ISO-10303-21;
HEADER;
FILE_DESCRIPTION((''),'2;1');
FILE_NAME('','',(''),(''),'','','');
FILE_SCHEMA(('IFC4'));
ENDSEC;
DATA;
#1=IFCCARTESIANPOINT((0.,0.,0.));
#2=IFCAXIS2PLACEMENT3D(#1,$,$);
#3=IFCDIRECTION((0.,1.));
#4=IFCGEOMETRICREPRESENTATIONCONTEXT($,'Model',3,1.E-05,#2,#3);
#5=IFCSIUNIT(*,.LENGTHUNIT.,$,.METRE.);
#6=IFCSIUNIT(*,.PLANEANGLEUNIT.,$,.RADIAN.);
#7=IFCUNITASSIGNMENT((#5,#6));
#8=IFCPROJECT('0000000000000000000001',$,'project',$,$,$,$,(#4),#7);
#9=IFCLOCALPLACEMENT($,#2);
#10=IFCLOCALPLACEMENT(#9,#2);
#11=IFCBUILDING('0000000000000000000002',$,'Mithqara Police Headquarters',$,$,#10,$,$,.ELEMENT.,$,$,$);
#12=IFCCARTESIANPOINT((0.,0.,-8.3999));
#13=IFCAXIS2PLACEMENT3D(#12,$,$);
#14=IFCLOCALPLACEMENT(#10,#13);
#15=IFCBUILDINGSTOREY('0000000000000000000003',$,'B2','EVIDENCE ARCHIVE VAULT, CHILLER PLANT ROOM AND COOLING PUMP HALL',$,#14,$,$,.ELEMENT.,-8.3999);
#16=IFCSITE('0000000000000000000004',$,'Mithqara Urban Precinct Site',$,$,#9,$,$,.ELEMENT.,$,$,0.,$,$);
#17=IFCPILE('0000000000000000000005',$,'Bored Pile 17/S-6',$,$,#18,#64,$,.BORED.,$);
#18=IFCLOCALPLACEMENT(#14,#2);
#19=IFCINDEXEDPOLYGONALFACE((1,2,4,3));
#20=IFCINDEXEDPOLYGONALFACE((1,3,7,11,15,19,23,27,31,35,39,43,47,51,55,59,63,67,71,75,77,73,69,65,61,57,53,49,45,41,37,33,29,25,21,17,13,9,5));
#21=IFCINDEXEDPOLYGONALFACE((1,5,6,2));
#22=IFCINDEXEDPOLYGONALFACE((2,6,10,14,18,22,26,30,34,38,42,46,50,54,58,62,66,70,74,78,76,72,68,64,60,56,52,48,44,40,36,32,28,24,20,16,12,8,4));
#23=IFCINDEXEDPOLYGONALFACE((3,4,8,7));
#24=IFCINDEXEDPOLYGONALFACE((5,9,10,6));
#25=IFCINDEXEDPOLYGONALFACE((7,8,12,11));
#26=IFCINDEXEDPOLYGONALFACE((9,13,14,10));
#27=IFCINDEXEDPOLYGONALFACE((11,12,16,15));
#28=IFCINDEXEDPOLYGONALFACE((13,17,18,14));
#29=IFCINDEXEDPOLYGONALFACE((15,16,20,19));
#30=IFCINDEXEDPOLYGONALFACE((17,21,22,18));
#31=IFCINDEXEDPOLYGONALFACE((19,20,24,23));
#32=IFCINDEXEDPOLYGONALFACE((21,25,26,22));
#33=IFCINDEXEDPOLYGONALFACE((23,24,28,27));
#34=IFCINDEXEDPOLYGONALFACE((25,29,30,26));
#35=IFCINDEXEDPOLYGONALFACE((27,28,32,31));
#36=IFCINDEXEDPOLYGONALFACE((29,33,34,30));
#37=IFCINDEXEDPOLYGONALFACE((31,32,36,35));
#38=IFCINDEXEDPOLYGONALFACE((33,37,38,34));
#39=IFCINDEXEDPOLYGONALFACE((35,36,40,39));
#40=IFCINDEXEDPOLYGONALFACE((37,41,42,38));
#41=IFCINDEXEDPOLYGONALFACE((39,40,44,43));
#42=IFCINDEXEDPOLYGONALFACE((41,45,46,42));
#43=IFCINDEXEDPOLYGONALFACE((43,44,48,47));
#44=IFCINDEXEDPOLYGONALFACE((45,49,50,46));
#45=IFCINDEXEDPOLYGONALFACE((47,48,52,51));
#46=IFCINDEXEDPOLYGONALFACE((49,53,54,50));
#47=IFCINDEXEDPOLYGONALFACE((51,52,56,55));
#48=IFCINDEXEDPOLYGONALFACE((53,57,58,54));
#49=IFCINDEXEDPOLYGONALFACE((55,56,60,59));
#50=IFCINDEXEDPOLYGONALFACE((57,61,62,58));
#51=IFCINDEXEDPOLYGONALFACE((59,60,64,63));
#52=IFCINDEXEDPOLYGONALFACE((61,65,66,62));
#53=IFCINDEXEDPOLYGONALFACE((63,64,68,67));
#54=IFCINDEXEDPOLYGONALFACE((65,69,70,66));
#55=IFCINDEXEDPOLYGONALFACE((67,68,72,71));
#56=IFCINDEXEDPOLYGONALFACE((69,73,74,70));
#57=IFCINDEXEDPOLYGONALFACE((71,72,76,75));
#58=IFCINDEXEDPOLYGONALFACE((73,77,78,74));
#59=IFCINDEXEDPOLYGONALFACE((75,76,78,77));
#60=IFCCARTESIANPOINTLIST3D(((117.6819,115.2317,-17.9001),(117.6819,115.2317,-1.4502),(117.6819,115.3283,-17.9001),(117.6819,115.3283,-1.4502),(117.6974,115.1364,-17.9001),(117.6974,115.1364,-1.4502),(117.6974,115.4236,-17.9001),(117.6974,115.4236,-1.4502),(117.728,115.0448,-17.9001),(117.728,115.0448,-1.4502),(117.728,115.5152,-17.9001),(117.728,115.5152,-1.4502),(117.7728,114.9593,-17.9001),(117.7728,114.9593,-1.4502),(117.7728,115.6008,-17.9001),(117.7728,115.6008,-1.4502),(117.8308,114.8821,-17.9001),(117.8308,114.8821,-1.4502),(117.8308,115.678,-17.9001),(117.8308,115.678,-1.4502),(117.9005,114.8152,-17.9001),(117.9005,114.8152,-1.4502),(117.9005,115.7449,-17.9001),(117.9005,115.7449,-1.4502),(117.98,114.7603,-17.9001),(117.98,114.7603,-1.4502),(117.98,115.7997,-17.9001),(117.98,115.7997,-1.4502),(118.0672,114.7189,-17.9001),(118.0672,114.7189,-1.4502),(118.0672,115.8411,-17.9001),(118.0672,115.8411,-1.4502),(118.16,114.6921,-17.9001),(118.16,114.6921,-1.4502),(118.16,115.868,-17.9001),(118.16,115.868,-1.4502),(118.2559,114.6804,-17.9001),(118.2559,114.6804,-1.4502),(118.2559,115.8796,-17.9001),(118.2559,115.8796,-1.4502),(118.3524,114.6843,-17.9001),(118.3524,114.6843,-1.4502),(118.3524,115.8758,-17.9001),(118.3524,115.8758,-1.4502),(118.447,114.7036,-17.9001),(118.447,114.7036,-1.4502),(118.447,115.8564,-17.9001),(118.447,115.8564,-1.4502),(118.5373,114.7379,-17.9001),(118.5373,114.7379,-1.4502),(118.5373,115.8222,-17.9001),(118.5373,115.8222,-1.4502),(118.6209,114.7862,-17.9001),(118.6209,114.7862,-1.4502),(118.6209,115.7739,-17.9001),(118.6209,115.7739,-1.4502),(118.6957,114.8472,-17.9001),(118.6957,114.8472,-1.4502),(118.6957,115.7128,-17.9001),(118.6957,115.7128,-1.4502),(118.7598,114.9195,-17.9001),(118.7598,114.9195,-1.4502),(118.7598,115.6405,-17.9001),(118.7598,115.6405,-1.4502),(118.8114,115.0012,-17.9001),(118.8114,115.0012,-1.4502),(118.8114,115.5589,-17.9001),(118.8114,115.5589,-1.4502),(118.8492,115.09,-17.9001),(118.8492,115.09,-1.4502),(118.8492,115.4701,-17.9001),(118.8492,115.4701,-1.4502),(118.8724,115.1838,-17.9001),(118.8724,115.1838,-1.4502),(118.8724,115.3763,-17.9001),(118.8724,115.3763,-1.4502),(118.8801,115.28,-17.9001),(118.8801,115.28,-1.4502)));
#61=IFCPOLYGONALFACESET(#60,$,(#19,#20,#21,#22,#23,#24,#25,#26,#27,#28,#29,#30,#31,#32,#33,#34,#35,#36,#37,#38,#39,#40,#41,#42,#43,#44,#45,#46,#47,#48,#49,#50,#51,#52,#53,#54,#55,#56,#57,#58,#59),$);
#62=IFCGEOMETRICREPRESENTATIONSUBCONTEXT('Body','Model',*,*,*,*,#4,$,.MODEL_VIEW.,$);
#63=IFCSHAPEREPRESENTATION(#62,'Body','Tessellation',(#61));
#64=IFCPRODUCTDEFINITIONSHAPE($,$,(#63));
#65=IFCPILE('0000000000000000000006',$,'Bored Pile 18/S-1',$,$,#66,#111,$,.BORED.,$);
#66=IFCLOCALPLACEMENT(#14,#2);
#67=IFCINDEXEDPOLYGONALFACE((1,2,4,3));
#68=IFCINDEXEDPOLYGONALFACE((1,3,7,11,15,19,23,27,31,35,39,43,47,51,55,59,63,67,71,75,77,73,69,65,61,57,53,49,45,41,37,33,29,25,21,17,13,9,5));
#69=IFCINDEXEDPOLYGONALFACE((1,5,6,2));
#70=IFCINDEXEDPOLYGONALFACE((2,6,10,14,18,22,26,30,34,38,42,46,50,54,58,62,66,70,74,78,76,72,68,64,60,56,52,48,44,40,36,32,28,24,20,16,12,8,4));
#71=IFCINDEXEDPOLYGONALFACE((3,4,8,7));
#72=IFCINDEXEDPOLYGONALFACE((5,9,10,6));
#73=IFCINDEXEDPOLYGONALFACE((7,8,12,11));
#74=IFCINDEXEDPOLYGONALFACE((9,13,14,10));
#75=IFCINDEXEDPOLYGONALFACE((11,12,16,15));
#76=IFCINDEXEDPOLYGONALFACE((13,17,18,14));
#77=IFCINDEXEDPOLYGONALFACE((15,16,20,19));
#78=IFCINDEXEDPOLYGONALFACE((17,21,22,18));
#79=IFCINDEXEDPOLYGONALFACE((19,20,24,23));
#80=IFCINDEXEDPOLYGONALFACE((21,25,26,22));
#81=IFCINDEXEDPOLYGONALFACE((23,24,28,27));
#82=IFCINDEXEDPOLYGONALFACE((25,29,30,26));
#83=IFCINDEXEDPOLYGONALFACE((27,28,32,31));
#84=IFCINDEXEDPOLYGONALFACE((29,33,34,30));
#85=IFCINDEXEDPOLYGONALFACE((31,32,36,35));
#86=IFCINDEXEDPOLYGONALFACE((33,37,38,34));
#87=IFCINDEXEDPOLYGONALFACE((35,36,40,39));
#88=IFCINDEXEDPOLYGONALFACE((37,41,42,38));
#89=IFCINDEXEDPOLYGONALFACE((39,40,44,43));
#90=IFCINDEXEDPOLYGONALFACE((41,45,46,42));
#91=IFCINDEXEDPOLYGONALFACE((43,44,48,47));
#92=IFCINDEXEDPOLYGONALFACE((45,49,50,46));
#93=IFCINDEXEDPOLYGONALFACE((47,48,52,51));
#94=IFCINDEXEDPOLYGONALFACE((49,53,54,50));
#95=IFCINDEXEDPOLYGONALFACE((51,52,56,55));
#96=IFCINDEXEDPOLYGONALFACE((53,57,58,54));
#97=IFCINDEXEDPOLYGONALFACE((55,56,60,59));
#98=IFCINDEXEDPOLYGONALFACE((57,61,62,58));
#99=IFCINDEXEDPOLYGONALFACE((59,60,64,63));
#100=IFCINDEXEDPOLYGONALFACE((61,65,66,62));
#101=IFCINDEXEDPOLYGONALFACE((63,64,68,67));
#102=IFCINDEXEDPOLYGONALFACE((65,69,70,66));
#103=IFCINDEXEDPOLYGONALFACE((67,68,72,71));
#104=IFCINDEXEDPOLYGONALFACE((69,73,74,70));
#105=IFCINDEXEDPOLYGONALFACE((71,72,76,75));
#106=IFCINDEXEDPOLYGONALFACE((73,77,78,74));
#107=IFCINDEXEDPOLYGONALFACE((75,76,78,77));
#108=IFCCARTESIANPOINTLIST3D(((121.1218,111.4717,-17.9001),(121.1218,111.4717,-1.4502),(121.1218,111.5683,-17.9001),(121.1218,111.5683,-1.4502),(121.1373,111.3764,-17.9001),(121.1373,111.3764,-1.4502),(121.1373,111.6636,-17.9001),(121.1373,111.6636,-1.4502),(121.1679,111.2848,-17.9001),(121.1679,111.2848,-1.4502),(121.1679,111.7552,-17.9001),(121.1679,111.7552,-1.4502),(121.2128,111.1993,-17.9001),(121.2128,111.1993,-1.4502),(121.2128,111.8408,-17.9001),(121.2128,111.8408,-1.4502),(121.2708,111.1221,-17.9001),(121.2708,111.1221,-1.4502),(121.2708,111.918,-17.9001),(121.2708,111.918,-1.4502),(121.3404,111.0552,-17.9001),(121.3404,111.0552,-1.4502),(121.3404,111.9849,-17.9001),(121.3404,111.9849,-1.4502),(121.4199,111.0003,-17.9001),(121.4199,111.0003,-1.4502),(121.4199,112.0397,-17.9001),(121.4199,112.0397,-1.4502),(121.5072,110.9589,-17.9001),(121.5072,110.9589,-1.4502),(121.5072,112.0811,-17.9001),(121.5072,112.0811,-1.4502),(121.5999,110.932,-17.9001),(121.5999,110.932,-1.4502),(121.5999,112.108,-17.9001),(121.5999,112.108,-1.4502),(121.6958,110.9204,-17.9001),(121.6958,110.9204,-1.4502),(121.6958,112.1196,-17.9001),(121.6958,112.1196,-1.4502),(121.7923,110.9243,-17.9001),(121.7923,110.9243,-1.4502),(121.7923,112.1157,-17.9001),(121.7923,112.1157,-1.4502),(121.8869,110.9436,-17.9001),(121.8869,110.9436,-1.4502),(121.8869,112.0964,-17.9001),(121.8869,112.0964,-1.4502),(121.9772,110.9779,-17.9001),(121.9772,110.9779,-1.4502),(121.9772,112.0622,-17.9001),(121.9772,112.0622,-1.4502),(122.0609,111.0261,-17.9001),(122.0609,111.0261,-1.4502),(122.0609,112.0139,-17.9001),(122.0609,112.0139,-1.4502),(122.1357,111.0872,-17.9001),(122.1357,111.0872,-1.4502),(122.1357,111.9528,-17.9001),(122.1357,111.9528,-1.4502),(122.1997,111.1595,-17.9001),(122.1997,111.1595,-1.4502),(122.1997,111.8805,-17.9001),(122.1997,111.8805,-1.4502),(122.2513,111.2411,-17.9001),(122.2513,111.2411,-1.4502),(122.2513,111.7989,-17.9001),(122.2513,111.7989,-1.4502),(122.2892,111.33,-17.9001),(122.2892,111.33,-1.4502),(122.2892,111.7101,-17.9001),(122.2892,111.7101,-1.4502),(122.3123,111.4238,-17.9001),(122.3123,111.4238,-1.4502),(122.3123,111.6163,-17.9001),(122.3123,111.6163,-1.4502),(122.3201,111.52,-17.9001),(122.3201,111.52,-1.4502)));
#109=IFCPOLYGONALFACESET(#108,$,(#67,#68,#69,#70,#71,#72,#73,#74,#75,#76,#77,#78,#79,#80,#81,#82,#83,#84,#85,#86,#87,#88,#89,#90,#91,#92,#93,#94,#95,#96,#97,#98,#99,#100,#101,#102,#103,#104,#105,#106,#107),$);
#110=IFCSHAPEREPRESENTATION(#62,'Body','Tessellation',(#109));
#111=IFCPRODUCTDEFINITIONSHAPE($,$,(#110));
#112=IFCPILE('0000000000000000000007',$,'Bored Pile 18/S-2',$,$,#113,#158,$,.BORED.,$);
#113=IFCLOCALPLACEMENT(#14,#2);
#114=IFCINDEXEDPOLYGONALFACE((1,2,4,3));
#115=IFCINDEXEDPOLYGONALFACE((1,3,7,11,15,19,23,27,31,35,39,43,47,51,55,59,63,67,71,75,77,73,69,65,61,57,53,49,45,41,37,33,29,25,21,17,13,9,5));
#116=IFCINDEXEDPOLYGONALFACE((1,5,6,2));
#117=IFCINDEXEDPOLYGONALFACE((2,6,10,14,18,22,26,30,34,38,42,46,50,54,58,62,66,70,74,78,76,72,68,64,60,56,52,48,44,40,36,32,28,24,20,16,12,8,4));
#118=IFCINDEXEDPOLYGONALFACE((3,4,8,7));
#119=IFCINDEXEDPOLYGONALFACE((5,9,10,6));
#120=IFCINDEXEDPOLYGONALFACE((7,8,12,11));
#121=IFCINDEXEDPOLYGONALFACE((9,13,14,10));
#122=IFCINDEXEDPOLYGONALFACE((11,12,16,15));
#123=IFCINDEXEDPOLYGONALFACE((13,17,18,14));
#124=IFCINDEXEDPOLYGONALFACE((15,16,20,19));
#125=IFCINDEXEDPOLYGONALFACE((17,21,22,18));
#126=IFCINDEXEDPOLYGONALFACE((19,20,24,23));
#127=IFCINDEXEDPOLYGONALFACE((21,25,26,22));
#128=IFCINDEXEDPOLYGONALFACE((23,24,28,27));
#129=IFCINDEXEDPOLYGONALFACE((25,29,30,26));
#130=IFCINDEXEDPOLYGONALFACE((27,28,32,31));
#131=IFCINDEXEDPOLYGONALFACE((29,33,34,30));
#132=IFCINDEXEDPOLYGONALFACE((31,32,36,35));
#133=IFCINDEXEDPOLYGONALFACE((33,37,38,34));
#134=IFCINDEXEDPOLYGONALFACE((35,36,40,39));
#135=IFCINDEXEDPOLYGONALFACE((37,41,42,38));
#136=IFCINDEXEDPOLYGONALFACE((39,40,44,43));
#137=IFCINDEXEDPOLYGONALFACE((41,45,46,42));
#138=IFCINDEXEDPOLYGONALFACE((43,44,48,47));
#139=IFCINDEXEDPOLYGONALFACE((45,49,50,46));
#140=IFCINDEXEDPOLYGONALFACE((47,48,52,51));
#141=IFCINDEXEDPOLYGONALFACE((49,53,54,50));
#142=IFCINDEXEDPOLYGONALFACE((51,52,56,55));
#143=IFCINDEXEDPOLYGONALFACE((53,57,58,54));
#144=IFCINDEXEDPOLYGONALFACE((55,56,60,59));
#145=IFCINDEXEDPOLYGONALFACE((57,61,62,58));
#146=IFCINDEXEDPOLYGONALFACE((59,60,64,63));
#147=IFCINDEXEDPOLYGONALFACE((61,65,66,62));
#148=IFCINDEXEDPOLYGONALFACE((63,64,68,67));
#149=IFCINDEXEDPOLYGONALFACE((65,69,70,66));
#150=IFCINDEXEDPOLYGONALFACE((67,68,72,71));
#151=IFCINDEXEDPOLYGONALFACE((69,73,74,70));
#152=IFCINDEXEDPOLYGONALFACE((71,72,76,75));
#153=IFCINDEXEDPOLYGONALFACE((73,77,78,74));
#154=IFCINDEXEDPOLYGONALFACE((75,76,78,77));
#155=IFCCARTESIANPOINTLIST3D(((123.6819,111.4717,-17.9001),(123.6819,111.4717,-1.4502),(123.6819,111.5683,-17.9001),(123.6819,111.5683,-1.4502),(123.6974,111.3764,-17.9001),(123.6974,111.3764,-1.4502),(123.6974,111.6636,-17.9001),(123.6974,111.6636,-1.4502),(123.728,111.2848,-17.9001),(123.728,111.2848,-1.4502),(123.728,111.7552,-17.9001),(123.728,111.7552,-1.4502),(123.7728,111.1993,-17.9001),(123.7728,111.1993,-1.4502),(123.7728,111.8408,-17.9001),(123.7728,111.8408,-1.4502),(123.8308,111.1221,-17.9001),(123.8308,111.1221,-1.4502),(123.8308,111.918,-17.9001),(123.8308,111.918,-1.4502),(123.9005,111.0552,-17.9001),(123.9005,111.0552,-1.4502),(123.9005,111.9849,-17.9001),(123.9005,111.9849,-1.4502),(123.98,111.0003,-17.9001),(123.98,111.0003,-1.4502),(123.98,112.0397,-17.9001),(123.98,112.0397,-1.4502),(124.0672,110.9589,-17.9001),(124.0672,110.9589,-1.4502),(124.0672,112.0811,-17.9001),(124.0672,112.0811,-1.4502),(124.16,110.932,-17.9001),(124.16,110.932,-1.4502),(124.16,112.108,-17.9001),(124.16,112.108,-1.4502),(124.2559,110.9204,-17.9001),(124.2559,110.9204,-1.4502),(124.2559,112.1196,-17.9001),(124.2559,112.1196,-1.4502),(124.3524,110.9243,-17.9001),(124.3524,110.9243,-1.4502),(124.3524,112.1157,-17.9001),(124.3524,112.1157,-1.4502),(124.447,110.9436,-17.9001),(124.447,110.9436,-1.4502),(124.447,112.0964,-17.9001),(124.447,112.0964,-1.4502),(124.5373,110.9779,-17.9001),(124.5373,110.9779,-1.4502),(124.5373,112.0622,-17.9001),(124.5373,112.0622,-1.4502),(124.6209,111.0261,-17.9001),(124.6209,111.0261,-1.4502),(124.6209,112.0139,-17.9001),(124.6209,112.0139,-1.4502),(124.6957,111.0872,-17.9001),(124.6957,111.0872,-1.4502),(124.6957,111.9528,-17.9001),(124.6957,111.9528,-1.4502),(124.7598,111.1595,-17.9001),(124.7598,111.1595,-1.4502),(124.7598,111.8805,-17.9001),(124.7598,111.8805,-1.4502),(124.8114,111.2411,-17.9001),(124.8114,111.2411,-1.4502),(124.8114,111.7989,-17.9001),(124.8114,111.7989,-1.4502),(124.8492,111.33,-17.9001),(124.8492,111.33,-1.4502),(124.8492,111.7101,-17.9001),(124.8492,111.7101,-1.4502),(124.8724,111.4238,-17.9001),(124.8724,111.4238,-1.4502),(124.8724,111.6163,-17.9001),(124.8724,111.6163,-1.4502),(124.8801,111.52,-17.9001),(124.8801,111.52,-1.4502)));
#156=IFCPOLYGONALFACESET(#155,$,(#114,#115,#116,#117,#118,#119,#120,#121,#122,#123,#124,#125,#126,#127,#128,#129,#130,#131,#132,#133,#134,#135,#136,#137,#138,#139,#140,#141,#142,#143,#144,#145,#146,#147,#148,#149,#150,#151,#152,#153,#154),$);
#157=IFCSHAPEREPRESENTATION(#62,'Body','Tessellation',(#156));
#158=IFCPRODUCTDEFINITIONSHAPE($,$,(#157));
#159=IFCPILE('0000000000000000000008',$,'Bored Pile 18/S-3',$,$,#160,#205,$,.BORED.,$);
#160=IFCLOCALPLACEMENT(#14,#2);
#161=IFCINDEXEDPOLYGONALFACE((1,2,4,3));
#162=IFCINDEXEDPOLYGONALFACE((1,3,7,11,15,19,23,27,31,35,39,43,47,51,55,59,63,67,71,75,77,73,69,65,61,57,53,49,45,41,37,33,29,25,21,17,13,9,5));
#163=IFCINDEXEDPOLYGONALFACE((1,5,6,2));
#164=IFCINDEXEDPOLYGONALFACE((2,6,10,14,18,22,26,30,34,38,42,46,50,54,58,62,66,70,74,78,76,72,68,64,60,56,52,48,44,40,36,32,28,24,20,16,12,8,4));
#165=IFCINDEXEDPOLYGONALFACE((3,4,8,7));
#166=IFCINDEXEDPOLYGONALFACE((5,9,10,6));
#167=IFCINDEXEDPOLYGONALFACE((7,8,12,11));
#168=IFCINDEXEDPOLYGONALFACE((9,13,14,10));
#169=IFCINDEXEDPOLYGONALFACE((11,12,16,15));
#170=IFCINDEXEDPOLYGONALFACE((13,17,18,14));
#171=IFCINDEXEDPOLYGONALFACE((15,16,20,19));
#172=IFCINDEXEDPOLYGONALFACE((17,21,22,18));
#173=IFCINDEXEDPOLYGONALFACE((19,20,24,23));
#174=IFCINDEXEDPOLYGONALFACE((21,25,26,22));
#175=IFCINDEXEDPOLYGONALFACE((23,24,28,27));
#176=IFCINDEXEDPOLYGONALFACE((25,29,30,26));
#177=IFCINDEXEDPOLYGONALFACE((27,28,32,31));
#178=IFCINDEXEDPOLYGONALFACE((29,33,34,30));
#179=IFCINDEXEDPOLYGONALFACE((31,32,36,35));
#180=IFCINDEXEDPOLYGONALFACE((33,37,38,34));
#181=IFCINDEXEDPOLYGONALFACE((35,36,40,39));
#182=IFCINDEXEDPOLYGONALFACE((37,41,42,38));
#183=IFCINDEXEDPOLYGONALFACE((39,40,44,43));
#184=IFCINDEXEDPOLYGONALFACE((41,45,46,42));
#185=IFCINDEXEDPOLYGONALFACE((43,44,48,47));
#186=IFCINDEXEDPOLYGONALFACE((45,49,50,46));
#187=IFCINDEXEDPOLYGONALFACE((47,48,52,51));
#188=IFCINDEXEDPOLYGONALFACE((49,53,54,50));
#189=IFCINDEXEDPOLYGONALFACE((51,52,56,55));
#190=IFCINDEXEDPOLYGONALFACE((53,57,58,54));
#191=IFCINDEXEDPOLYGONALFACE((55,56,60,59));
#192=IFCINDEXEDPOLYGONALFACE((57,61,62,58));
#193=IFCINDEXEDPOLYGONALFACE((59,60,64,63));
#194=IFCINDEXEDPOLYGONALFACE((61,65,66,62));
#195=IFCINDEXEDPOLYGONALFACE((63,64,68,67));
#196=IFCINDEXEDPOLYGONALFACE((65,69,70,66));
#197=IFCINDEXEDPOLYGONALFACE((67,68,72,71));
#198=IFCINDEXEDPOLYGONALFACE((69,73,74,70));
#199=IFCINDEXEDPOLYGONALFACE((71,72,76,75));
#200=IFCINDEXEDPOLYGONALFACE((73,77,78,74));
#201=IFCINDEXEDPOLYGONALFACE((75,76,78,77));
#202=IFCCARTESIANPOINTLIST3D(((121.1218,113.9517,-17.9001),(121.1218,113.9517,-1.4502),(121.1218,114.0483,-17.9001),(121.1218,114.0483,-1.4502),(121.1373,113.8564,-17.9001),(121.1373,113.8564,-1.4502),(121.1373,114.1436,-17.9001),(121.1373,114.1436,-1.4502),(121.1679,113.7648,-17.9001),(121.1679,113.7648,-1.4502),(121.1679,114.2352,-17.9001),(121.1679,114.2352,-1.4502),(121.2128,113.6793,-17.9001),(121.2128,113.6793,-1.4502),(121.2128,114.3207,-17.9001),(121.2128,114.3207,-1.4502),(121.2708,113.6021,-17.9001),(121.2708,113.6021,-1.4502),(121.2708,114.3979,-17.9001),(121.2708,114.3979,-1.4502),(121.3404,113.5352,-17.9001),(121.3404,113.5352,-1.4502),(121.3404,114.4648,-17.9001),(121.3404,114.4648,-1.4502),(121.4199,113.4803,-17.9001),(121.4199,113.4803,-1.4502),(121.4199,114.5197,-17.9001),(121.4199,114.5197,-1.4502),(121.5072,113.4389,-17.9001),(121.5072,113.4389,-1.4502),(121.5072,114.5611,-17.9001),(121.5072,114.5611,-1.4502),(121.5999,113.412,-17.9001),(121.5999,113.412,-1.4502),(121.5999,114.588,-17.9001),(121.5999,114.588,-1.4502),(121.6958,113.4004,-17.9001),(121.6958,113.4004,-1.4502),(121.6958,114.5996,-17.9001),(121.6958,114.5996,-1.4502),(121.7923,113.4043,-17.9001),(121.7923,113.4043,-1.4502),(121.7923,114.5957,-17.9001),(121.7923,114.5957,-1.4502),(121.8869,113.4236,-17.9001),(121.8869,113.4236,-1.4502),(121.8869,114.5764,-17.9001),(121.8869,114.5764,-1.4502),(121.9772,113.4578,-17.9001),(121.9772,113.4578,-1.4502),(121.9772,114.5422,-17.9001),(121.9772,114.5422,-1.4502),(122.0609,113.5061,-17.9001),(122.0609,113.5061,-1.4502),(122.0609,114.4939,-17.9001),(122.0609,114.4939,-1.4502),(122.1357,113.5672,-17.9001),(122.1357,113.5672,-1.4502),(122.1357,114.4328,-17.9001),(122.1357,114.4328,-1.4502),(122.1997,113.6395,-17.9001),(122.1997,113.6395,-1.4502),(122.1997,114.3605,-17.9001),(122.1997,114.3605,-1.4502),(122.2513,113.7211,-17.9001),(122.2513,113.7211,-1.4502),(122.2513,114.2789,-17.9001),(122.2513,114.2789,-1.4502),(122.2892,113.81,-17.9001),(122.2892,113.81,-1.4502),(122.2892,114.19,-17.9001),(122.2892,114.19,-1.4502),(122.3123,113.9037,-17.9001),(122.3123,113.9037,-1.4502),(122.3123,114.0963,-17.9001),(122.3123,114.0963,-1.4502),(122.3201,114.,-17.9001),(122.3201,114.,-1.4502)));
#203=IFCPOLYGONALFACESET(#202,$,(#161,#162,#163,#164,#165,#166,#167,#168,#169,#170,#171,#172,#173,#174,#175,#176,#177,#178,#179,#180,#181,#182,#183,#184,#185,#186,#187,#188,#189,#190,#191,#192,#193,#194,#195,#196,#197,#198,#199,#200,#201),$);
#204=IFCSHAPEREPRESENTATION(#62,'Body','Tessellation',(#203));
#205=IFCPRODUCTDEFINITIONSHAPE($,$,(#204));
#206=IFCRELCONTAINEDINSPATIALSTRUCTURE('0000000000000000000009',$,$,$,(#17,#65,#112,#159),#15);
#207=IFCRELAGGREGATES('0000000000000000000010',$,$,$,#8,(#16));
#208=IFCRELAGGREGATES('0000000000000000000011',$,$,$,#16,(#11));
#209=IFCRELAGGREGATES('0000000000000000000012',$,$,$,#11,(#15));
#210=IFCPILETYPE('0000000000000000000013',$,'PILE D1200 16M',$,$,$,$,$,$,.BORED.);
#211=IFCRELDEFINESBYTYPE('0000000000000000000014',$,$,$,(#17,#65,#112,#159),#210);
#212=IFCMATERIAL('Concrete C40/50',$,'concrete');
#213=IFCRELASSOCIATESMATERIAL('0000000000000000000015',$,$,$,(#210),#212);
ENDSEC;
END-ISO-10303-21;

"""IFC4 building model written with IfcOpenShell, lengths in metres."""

from ifc_helpers import new_model, si_unit, direction, frame, origin, origin_2d, place, context, subcontext, project, spatial, circle, extrude, material, material_profile, profile_set, type_object, element, save


model = new_model("IFC4")

# Units and contexts
model_context = context("Model", 3, precision=1e-05, world=origin(), true_north=direction((0.0, 1.0)))
body_context = subcontext(model_context, "Body", "Model", "MODEL_VIEW")
ifc_project = project(units=[si_unit("LENGTHUNIT", "METRE"), si_unit("PLANEANGLEUNIT", "RADIAN")], contexts=[model_context])

# Site, building, storey
site_placement = place(None, origin())
site = spatial("IfcSite", under=ifc_project, at=site_placement, Name="Mithqara Urban Precinct Site", CompositionType="ELEMENT", RefElevation=0.0)
building_placement = place(site_placement, origin())
building = spatial("IfcBuilding", under=site, at=building_placement, Name="Mithqara Police Headquarters", CompositionType="ELEMENT")
storey_placement = place(building_placement, frame((0.0, 0.0, -8.3999)))
storey = spatial("IfcBuildingStorey", under=building, at=storey_placement, Name="B2", Description="EVIDENCE ARCHIVE VAULT, CHILLER PLANT ROOM AND COOLING PUMP HALL", CompositionType="ELEMENT", Elevation=-8.3999)

# Shared definitions
ifc_material_1 = material(Name="Concrete C40/50", Category="concrete")

# Piles
ifc_material_profile_1 = material_profile(ifc_material_1, circle(Radius=0.6001, at=origin_2d()), Name="PILE D1200")
ifc_profile_set_1 = profile_set([ifc_material_profile_1], Name="Concrete C40/50")
pile_type = type_object("IfcPileType", Name="PILE D1200 16M", PredefinedType="BORED", material=ifc_profile_set_1)
for number, where, z_axis, x_axis, name in (
    (1, (118.28, 115.28, -1.4502), (0.0, 0.0, -1.0), (1.0, 0.0, 0.0), "Bored Pile 17/S-6"),
    (2, (121.72, 111.52, -1.4502), (0.0, 0.0, -1.0), (1.0, 0.0, 0.0), "Bored Pile 18/S-1"),
    (3, (124.28, 111.52, -1.4502), (0.0, 0.0, -1.0), (1.0, 0.0, 0.0), "Bored Pile 18/S-2"),
    (4, (121.72, 114.0, -1.4502), (0.0, 0.0, -1.0), (1.0, 0.0, 0.0), "Bored Pile 18/S-3"),
):
    element("IfcPile", number, at=place(storey_placement, frame(where, z_axis=z_axis, x_axis=x_axis)), inside=storey, type_object=pile_type, Name=name, PredefinedType="BORED", context=body_context, shape_type="SweptSolid", body=[
        extrude(circle(Radius=0.6001, at=origin_2d()), origin(), (0.0, 0.0, 1.0), 16.45),
    ])

save(model, "model.ifc")
